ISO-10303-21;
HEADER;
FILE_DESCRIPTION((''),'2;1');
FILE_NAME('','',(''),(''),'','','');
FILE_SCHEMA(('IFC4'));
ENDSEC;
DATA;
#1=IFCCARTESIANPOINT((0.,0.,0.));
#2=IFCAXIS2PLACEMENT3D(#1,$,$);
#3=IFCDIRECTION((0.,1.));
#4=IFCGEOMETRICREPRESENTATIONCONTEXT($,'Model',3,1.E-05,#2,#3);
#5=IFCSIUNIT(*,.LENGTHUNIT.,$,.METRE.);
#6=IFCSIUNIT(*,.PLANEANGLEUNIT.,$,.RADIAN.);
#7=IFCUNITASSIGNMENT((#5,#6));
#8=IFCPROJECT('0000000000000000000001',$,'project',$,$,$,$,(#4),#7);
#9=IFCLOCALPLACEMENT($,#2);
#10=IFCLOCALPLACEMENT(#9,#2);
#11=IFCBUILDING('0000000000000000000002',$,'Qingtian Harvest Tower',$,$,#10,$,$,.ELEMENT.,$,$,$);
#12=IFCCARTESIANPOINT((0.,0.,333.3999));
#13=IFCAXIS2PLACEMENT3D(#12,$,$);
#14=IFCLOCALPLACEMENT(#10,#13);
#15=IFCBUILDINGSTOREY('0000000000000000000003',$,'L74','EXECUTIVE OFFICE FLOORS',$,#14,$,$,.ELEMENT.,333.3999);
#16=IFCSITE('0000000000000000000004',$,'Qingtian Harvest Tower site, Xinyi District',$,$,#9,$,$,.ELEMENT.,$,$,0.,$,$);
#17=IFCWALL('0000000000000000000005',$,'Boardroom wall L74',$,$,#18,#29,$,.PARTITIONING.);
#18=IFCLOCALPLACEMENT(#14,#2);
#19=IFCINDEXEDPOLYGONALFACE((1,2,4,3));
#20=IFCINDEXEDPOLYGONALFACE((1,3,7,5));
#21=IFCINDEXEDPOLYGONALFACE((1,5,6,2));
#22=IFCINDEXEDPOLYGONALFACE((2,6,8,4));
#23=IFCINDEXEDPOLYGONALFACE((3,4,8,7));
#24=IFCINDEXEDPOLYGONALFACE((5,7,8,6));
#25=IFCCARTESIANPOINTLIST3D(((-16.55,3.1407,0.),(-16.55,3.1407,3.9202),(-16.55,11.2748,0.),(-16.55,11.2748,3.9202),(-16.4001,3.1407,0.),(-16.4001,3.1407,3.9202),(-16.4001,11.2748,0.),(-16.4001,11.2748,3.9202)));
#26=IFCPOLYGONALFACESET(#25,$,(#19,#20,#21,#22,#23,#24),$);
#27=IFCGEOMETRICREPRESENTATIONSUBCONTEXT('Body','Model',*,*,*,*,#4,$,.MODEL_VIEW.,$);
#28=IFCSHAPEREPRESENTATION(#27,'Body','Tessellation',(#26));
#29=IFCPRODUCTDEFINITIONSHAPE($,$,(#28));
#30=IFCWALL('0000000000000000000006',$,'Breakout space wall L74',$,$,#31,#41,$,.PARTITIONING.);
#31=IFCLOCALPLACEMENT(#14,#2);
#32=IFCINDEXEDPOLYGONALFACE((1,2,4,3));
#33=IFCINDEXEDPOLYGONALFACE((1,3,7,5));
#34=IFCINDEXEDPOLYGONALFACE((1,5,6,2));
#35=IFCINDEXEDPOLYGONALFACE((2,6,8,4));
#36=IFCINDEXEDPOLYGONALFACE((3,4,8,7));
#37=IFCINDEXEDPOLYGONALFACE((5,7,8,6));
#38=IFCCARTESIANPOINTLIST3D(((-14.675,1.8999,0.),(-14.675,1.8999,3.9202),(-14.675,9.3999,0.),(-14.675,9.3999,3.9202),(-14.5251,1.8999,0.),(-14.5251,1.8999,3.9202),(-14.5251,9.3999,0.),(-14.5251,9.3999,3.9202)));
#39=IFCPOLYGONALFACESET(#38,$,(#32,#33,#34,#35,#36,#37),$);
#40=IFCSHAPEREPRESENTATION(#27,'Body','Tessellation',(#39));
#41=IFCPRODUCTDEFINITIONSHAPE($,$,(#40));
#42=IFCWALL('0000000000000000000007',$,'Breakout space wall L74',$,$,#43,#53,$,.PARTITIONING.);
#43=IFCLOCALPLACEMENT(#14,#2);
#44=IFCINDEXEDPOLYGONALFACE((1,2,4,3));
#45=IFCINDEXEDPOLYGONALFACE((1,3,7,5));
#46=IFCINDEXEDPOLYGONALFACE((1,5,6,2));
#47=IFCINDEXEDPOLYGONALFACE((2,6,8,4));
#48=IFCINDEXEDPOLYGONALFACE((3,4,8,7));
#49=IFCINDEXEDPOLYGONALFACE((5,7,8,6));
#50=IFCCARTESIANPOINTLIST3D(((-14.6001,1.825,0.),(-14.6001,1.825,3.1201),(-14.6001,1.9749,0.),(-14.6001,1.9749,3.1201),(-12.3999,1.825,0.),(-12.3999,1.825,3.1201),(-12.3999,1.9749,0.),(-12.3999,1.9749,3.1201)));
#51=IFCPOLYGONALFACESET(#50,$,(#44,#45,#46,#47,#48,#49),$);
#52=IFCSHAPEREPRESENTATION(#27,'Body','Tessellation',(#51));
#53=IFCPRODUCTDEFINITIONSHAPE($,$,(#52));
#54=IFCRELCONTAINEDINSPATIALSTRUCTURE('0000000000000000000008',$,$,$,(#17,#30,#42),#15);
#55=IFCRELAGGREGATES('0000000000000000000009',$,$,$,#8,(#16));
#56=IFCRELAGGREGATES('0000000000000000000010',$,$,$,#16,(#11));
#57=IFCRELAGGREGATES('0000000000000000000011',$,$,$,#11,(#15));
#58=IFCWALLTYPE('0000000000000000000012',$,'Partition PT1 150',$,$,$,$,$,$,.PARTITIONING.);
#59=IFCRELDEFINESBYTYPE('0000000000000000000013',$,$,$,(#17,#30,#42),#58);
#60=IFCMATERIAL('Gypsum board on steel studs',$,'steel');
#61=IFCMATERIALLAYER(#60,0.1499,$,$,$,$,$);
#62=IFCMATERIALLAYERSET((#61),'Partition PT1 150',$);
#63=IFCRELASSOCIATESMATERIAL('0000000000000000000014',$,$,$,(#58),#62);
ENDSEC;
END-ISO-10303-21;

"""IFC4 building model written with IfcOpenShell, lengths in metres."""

from ifc_helpers import new_model, si_unit, direction, frame, frame_2d, origin, place, context, subcontext, project, spatial, rectangle, extrude, material, layer, layer_set, type_object, element, save


model = new_model("IFC4")

# Units and contexts
model_context = context("Model", 3, precision=1e-05, world=origin(), true_north=direction((0.0, 1.0)))
body_context = subcontext(model_context, "Body", "Model", "MODEL_VIEW")
ifc_project = project(units=[si_unit("LENGTHUNIT", "METRE"), si_unit("PLANEANGLEUNIT", "RADIAN")], contexts=[model_context])

# Site, building, storey
site_placement = place(None, origin())
site = spatial("IfcSite", under=ifc_project, at=site_placement, Name="Qingtian Harvest Tower site, Xinyi District", CompositionType="ELEMENT", RefElevation=0.0)
building_placement = place(site_placement, origin())
building = spatial("IfcBuilding", under=site, at=building_placement, Name="Qingtian Harvest Tower", CompositionType="ELEMENT")
storey_placement = place(building_placement, frame((0.0, 0.0, 333.3999)))
storey = spatial("IfcBuildingStorey", under=building, at=storey_placement, Name="L74", Description="EXECUTIVE OFFICE FLOORS", CompositionType="ELEMENT", Elevation=333.3999)

# Walls
ifc_material_1 = material(Name="Gypsum board on steel studs", Category="steel")
ifc_layer_1 = layer(ifc_material_1, 0.1499)
ifc_layer_set_1 = layer_set([ifc_layer_1], Name="Partition PT1 150")
wall_type_1 = type_object("IfcWallType", Name="Partition PT1 150", PredefinedType="PARTITIONING", material=ifc_layer_set_1)
wall_1_placement = place(storey_placement, frame((-16.4751, 3.1409, 0.0), z_axis=(0.0, 0.0, 1.0), x_axis=(0.0, 1.0, 0.0)))
element("IfcWall", 1, at=wall_1_placement, inside=storey, type_object=wall_type_1, Name="Boardroom wall L74", PredefinedType="PARTITIONING", context=body_context, shape_type="SweptSolid", body=[
    extrude(rectangle(XDim=8.134, YDim=0.1499, at=frame_2d((4.0669, 0.0))), origin(), (0.0, 0.0, 1.0), 3.9202),
])
wall_2_placement = place(storey_placement, frame((-14.6001, 1.8999, 0.0), z_axis=(0.0, 0.0, 1.0), x_axis=(0.0, 1.0, 0.0)))
element("IfcWall", 2, at=wall_2_placement, inside=storey, type_object=wall_type_1, Name="Breakout space wall L74", PredefinedType="PARTITIONING", context=body_context, shape_type="SweptSolid", body=[
    extrude(rectangle(XDim=7.5, YDim=0.1499, at=frame_2d((3.75, 0.0))), origin(), (0.0, 0.0, 1.0), 3.9202),
])
wall_3_placement = place(storey_placement, frame((-12.3999, 1.8999, 0.0), z_axis=(0.0, 0.0, 1.0), x_axis=(-1.0, 0.0, 0.0)))
element("IfcWall", 3, at=wall_3_placement, inside=storey, type_object=wall_type_1, Name="Breakout space wall L74", PredefinedType="PARTITIONING", context=body_context, shape_type="SweptSolid", body=[
    extrude(rectangle(XDim=2.2002, YDim=0.1499, at=frame_2d((1.1001, 0.0))), origin(), (0.0, 0.0, 1.0), 3.1201),
])

save(model, "model.ifc")
